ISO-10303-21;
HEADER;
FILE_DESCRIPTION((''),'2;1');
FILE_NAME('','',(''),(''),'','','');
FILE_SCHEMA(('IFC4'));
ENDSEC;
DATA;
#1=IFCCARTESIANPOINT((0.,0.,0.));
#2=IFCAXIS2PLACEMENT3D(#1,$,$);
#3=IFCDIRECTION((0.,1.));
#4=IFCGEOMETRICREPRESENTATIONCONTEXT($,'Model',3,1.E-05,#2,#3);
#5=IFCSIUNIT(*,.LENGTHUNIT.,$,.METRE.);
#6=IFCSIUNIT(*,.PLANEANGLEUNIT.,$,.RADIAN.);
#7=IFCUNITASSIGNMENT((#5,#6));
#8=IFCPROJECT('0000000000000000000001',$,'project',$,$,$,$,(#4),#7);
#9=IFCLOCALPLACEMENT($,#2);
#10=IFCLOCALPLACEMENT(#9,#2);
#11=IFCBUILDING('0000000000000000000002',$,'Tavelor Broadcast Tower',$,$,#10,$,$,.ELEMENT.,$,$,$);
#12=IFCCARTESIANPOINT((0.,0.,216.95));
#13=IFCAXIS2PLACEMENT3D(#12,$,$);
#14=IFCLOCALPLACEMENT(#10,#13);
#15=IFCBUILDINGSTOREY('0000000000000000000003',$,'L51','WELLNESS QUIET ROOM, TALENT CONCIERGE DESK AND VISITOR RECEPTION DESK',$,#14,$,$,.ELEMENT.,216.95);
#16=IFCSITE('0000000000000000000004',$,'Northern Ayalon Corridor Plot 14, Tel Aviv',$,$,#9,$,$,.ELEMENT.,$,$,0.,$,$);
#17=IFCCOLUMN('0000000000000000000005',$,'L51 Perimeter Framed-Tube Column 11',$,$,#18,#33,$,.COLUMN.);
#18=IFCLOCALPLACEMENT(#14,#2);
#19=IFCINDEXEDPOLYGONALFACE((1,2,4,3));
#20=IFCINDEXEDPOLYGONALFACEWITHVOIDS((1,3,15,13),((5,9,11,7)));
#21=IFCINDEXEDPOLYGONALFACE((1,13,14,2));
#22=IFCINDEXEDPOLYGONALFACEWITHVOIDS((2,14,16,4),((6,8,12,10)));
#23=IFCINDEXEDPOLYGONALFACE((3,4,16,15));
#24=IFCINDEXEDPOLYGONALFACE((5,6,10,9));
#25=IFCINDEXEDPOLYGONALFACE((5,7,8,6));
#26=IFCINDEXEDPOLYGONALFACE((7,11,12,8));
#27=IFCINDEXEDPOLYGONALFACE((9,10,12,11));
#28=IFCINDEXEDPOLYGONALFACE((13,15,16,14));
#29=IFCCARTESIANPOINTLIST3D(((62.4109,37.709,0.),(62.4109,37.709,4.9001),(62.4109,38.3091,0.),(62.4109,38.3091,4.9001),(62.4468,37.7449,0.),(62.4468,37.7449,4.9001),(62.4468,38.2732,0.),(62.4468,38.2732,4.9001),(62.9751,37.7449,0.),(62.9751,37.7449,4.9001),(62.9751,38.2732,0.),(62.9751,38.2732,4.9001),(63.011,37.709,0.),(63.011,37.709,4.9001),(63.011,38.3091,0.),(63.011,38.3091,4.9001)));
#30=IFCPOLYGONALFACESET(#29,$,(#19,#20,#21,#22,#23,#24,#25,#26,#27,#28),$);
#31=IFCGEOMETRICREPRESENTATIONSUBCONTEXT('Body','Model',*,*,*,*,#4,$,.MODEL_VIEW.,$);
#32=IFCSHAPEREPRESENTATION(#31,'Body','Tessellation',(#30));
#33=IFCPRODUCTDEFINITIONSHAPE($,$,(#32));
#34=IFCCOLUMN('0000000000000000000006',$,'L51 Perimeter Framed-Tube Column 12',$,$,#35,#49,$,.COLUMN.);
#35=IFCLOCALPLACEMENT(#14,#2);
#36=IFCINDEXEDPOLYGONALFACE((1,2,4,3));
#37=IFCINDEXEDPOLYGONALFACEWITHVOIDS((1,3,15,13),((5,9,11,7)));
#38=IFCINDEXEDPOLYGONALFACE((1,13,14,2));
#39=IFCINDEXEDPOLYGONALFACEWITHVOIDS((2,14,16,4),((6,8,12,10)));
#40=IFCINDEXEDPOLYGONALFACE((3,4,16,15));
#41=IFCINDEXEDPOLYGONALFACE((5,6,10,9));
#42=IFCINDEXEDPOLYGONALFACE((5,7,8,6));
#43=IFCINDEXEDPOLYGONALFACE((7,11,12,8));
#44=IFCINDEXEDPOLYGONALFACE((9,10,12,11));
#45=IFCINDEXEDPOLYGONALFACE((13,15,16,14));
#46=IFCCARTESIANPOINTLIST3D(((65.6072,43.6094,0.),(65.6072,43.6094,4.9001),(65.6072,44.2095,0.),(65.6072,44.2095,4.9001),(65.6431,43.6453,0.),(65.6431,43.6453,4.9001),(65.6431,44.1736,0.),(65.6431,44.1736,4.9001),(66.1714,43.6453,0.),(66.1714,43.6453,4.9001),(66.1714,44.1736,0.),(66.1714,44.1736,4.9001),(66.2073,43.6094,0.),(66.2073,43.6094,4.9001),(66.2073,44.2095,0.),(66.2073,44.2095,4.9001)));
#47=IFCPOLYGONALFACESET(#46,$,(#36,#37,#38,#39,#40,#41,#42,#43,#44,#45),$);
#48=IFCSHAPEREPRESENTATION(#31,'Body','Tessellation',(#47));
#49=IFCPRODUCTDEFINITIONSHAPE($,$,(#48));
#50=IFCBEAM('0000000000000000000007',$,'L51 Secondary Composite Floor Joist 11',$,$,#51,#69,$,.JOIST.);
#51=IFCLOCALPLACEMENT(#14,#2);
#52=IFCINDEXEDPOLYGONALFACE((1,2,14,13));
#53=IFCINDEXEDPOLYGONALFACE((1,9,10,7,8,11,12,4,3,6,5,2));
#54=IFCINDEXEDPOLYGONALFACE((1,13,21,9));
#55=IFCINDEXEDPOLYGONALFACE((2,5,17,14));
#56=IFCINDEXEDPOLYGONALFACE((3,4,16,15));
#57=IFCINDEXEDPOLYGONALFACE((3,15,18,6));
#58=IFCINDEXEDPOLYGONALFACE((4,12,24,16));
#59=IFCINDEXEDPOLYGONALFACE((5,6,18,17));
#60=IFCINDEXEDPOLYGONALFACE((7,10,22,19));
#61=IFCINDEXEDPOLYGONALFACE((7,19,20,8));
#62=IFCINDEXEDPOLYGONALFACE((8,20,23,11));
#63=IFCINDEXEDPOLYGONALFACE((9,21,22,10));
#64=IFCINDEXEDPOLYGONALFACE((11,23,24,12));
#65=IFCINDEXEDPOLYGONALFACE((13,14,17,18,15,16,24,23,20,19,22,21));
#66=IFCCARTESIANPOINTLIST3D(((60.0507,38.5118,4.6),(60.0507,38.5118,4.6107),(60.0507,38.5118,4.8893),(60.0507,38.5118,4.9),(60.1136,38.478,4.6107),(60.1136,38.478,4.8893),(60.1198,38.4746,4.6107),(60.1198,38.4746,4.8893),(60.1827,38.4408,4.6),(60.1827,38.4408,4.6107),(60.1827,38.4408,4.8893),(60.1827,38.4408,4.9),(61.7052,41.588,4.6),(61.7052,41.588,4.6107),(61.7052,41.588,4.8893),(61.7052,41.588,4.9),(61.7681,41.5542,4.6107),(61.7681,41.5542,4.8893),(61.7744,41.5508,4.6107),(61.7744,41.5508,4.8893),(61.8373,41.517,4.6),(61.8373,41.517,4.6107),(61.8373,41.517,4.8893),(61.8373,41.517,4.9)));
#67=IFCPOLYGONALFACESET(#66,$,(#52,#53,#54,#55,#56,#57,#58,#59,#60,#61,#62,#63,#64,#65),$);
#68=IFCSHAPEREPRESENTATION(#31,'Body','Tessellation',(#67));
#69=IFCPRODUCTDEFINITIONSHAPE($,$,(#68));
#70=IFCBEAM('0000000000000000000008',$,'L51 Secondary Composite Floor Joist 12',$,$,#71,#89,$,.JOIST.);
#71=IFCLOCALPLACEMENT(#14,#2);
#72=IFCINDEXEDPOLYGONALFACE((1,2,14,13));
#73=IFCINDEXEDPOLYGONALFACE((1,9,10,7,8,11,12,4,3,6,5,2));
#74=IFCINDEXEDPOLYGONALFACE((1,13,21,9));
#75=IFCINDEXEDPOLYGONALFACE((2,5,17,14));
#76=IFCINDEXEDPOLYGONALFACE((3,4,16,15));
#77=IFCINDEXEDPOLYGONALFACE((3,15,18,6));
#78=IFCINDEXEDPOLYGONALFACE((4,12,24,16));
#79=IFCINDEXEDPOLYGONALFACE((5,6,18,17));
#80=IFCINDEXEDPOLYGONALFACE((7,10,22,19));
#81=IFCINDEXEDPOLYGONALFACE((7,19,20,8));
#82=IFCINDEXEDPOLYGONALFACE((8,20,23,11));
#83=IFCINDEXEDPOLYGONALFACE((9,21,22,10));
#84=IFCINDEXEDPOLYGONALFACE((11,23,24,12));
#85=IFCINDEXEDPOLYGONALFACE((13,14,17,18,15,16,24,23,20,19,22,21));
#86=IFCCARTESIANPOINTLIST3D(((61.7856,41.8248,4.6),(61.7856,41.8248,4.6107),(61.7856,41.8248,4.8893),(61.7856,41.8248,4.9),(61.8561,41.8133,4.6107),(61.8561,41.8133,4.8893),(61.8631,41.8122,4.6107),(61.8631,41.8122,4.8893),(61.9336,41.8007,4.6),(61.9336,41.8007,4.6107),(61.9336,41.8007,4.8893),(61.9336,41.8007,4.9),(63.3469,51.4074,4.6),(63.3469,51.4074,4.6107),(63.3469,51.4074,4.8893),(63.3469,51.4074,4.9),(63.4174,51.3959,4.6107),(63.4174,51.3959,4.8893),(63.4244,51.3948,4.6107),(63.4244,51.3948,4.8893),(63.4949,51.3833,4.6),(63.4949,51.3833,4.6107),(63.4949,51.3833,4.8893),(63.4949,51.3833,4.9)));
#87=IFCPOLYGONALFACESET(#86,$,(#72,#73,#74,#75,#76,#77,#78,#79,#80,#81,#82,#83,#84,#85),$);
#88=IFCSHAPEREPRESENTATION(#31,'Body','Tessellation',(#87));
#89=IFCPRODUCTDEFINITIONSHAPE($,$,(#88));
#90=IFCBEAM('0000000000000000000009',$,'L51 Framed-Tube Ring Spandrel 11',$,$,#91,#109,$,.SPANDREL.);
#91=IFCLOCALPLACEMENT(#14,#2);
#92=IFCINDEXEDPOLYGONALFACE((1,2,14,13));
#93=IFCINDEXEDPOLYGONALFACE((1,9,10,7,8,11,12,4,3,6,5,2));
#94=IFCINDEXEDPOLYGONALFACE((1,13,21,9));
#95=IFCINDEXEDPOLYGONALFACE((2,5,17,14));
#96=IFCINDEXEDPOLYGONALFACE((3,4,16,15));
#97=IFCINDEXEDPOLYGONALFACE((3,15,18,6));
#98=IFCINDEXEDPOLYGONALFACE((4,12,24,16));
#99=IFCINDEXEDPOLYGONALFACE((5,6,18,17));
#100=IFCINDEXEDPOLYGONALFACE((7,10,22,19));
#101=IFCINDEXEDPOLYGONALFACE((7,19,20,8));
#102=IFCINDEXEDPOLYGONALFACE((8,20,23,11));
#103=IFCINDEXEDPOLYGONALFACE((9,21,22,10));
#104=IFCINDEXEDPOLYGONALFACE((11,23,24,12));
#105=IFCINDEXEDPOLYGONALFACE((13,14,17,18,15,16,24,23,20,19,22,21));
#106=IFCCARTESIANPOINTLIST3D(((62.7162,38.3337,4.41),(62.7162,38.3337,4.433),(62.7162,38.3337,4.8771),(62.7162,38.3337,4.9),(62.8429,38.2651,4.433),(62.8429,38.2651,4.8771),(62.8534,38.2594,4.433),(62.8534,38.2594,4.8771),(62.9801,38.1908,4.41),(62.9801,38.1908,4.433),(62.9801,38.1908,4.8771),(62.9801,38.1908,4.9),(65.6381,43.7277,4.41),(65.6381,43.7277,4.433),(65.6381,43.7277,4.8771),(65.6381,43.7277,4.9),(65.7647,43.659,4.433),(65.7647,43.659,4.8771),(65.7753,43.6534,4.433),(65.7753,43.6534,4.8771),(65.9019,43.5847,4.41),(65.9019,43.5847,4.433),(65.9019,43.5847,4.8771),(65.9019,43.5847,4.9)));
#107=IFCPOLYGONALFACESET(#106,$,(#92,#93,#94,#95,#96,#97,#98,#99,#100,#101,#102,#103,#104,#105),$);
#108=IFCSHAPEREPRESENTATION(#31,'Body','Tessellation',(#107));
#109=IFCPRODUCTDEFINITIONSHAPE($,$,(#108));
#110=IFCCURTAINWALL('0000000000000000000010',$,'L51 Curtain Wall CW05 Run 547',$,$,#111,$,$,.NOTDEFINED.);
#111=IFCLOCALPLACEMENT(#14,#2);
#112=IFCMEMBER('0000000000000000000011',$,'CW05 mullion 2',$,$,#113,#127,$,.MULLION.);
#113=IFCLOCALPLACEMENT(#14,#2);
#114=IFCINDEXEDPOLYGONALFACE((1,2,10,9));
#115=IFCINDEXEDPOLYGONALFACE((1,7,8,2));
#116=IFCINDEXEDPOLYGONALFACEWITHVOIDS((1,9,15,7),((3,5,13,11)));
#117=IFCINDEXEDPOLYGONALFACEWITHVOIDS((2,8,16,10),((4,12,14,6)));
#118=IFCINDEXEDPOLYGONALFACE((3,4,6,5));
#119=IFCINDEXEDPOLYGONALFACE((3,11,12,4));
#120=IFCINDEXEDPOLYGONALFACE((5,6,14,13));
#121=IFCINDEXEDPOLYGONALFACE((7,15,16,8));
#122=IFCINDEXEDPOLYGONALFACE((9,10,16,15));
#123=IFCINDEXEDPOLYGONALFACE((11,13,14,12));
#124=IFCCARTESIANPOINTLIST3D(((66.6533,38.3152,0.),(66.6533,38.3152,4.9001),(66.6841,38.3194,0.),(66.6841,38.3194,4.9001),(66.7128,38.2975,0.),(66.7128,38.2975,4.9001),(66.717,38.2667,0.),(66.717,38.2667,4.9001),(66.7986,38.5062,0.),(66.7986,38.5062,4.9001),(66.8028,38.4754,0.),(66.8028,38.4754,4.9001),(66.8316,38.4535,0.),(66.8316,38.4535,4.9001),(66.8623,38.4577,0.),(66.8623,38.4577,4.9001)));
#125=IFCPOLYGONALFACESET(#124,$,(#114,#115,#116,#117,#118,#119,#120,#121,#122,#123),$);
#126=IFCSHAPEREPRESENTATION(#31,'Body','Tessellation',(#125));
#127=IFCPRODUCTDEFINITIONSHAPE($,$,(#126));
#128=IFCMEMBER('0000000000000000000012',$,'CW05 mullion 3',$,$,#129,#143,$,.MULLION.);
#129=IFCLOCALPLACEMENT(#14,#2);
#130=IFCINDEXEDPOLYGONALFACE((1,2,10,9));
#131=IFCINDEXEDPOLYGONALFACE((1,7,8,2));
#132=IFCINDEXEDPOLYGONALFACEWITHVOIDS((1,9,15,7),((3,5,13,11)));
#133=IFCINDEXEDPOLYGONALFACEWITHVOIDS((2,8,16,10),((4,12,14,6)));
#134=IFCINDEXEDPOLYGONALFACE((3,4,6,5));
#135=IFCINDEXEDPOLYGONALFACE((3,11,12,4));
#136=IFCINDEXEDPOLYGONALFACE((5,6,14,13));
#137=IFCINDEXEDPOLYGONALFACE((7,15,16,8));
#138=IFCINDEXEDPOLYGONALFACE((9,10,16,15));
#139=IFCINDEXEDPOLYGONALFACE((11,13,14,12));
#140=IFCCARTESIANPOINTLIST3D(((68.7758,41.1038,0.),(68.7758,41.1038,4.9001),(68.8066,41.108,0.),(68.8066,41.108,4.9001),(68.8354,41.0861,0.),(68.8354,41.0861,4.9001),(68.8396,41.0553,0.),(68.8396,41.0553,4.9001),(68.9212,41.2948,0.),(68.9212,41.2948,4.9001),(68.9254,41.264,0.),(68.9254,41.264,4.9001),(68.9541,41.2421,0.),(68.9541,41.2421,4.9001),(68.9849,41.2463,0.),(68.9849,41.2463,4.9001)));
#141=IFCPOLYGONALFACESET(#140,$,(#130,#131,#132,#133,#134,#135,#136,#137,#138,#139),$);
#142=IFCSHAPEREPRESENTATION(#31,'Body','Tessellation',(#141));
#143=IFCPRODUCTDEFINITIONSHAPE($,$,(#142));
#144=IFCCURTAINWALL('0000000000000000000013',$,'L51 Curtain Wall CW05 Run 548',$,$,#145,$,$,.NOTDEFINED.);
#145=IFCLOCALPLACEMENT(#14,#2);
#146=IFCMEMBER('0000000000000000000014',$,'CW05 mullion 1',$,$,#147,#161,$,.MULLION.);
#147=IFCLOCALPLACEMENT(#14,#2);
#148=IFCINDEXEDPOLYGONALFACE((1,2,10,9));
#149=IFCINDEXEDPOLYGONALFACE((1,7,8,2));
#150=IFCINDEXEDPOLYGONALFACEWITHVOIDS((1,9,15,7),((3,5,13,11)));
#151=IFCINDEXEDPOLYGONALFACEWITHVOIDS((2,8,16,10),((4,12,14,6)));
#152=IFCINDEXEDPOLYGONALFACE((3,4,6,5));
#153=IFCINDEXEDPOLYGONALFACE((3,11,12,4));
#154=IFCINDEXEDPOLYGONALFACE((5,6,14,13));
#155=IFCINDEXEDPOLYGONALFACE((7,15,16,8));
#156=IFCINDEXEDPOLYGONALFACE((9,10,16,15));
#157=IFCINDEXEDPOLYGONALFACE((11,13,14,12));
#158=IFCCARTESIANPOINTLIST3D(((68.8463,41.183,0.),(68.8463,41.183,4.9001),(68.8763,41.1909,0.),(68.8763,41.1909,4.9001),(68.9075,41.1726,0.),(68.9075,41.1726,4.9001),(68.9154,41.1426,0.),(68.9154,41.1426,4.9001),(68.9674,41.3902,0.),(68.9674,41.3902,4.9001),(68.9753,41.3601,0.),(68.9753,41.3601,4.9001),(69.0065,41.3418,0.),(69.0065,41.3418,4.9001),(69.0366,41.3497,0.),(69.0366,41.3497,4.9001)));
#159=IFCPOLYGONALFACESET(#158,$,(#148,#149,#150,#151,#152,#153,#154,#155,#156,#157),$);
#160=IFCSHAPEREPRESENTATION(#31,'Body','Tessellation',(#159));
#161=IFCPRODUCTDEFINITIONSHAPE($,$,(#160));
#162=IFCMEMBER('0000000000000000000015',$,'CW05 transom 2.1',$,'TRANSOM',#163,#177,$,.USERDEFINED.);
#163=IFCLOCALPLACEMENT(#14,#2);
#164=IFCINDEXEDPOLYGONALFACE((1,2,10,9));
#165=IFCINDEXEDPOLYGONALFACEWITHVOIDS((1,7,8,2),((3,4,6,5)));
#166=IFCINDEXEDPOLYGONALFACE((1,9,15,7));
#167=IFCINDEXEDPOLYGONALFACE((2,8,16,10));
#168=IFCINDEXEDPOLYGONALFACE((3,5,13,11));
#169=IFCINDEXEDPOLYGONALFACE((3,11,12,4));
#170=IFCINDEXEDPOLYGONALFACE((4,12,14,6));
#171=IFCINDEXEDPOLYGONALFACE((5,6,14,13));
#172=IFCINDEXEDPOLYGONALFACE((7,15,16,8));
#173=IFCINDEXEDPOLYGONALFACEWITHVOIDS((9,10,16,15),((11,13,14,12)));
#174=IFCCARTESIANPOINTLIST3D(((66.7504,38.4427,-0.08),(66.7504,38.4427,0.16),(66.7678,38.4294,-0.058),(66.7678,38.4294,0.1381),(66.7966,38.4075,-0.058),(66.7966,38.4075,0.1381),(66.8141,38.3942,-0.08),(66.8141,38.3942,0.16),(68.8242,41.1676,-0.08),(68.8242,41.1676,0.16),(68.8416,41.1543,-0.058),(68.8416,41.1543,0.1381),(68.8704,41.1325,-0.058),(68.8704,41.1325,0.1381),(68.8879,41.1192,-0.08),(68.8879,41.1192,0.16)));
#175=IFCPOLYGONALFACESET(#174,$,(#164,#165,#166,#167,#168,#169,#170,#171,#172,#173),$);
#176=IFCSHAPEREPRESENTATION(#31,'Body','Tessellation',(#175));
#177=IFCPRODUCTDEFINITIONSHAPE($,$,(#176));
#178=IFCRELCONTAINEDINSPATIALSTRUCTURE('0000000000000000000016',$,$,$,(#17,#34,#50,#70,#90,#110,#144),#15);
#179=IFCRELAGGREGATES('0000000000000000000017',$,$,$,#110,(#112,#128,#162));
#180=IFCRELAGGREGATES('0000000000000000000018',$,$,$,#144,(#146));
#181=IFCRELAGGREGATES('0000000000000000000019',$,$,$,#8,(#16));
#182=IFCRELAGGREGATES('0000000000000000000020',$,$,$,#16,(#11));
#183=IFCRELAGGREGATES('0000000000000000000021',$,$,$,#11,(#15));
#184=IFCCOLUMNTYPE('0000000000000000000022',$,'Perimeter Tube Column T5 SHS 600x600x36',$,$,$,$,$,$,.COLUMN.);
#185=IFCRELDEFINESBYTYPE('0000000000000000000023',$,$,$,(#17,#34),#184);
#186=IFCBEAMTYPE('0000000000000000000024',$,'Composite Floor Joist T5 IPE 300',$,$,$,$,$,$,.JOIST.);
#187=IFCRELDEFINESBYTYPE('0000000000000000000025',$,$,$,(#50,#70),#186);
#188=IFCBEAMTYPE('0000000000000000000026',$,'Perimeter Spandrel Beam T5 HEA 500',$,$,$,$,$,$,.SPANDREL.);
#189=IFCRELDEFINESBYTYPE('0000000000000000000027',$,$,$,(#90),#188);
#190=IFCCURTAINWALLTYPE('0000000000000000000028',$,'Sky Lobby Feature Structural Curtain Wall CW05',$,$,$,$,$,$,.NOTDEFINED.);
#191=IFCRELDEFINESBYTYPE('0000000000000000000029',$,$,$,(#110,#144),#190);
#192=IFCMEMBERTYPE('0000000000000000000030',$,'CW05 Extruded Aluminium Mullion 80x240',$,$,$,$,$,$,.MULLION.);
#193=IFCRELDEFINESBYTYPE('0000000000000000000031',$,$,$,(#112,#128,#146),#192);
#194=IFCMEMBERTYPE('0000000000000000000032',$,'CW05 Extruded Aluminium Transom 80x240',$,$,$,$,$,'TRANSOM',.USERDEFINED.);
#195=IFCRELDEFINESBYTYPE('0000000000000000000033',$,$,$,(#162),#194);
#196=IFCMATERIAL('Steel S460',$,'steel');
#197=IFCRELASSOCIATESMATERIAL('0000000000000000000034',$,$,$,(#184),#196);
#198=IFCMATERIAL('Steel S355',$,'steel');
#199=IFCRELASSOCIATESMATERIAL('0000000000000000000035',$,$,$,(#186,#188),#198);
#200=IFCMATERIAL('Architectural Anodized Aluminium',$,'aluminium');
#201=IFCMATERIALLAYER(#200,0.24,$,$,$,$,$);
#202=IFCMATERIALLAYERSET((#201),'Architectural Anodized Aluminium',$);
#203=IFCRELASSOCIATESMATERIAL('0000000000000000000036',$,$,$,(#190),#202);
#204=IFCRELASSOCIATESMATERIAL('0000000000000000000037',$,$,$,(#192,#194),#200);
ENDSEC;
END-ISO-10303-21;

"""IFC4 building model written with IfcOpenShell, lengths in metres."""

from ifc_helpers import new_model, si_unit, direction, frame, origin, origin_2d, place, context, subcontext, project, spatial, hollow_rectangle, i_section, extrude, source, transform, mapped, material, layer, layer_set, material_profile, profile_set, type_object, type_shapes, element, aggregate, save


model = new_model("IFC4")

# Units and contexts
model_context = context("Model", 3, precision=1e-05, world=origin(), true_north=direction((0.0, 1.0)))
body_context = subcontext(model_context, "Body", "Model", "MODEL_VIEW")
ifc_project = project(units=[si_unit("LENGTHUNIT", "METRE"), si_unit("PLANEANGLEUNIT", "RADIAN")], contexts=[model_context])

# Site, building, storey
site_placement = place(None, origin())
site = spatial("IfcSite", under=ifc_project, at=site_placement, Name="Northern Ayalon Corridor Plot 14, Tel Aviv", CompositionType="ELEMENT", RefElevation=0.0)
building_placement = place(site_placement, origin())
building = spatial("IfcBuilding", under=site, at=building_placement, Name="Tavelor Broadcast Tower", CompositionType="ELEMENT")
storey_placement = place(building_placement, frame((0.0, 0.0, 216.95)))
storey = spatial("IfcBuildingStorey", under=building, at=storey_placement, Name="L51", Description="WELLNESS QUIET ROOM, TALENT CONCIERGE DESK AND VISITOR RECEPTION DESK", CompositionType="ELEMENT", Elevation=216.95)

# Columns
ifc_material_1 = material(Name="Steel S460", Category="steel")
ifc_material_profile_1 = material_profile(ifc_material_1, hollow_rectangle(XDim=0.6001, YDim=0.6001, WallThickness=0.0359, at=origin_2d()), Name="SHS 600x600x36")
ifc_profile_set_1 = profile_set([ifc_material_profile_1], Name="Steel S460")
column_type = type_object("IfcColumnType", Name="Perimeter Tube Column T5 SHS 600x600x36", PredefinedType="COLUMN", material=ifc_profile_set_1)
for number, where, z_axis, x_axis, name in (
    (1, (62.7109, 38.009, 0.0), (0.0, 0.0, 1.0), (1.0, 0.0, 0.0), "L51 Perimeter Framed-Tube Column 11"),
    (2, (65.9072, 43.9094, 0.0), (0.0, 0.0, 1.0), (1.0, 0.0, 0.0), "L51 Perimeter Framed-Tube Column 12"),
):
    element("IfcColumn", number, at=place(storey_placement, frame(where, z_axis=z_axis, x_axis=x_axis)), inside=storey, type_object=column_type, Name=name, PredefinedType="COLUMN", context=body_context, shape_type="SweptSolid", body=[
        extrude(hollow_rectangle(XDim=0.6001, YDim=0.6001, WallThickness=0.0359, at=origin_2d()), origin(), (0.0, 0.0, 1.0), 4.9001),
    ])

# Beams
ifc_material_2 = material(Name="Steel S355", Category="steel")
ifc_material_profile_2 = material_profile(ifc_material_2, i_section(OverallWidth=0.1499, OverallDepth=0.3, WebThickness=0.0071, FlangeThickness=0.0107, at=origin_2d()), Name="IPE 300")
ifc_profile_set_2 = profile_set([ifc_material_profile_2], Name="Steel S355")
beam_type_1 = type_object("IfcBeamType", Name="Composite Floor Joist T5 IPE 300", PredefinedType="JOIST", material=ifc_profile_set_2)
beam_1_placement = place(storey_placement, frame((60.1167, 38.4763, 4.75), z_axis=(0.473687, 0.880693, 0.0), x_axis=(-0.880693, 0.473687, 0.0)))
element("IfcBeam", 3, at=beam_1_placement, inside=storey, type_object=beam_type_1, Name="L51 Secondary Composite Floor Joist 11", PredefinedType="JOIST", context=body_context, shape_type="SweptSolid", body=[
    extrude(i_section(OverallWidth=0.1499, OverallDepth=0.3, WebThickness=0.0071, FlangeThickness=0.0107, at=origin_2d()), origin(), (0.0, 0.0, 1.0), 3.4929),
])
beam_2_placement = place(storey_placement, frame((61.8596, 41.8127, 4.75), z_axis=(0.160809, 0.986985, 0.0), x_axis=(-0.986985, 0.160809, 0.0)))
element("IfcBeam", 4, at=beam_2_placement, inside=storey, type_object=beam_type_1, Name="L51 Secondary Composite Floor Joist 12", PredefinedType="JOIST", context=body_context, shape_type="SweptSolid", body=[
    extrude(i_section(OverallWidth=0.1499, OverallDepth=0.3, WebThickness=0.0071, FlangeThickness=0.0107, at=origin_2d()), origin(), (0.0, 0.0, 1.0), 9.709),
])
ifc_material_profile_3 = material_profile(ifc_material_2, i_section(OverallWidth=0.3, OverallDepth=0.49, WebThickness=0.012, FlangeThickness=0.0229, at=origin_2d()), Name="HEA 500")
ifc_profile_set_3 = profile_set([ifc_material_profile_3], Name="Steel S355")
beam_type_2 = type_object("IfcBeamType", Name="Perimeter Spandrel Beam T5 HEA 500", PredefinedType="SPANDREL", material=ifc_profile_set_3)
beam_3_placement = place(storey_placement, frame((62.8481, 38.2622, 4.655), z_axis=(0.476296, 0.879285, 0.0), x_axis=(-0.879285, 0.476296, 0.0)))
element("IfcBeam", 5, at=beam_3_placement, inside=storey, type_object=beam_type_2, Name="L51 Framed-Tube Ring Spandrel 11", PredefinedType="SPANDREL", context=body_context, shape_type="SweptSolid", body=[
    extrude(i_section(OverallWidth=0.3, OverallDepth=0.49, WebThickness=0.012, FlangeThickness=0.0229, at=origin_2d()), origin(), (0.0, 0.0, 1.0), 6.1345),
])

# Curtain wall, members
ifc_material_3 = material(Name="Architectural Anodized Aluminium", Category="aluminium")
ifc_layer_1 = layer(ifc_material_3, 0.24)
ifc_layer_set_1 = layer_set([ifc_layer_1], Name="Architectural Anodized Aluminium")
curtain_wall_type = type_object("IfcCurtainWallType", Name="Sky Lobby Feature Structural Curtain Wall CW05", PredefinedType="NOTDEFINED", material=ifc_layer_set_1)
curtain_wall_1_placement = place(storey_placement, origin())
curtain_wall_1 = element("IfcCurtainWall", 6, at=curtain_wall_1_placement, inside=storey, type_object=curtain_wall_type, Name="L51 Curtain Wall CW05 Run 547", PredefinedType="NOTDEFINED")
ifc_material_profile_4 = material_profile(ifc_material_3, hollow_rectangle(XDim=0.0801, YDim=0.24, WallThickness=0.022, at=origin_2d()), Name="RHS 80x240x22")
ifc_profile_set_4 = profile_set([ifc_material_profile_4], Name="Architectural Anodized Aluminium")
member_type_1 = type_object("IfcMemberType", Name="CW05 Extruded Aluminium Mullion 80x240", PredefinedType="MULLION", material=ifc_profile_set_4)
shared_shape_1 = source(origin(), body_context, "Body", "SweptSolid", [
    extrude(hollow_rectangle(XDim=0.0801, YDim=0.24, WallThickness=0.022, at=origin_2d()), origin(), (0.0, 0.0, 1.0), 4.9001),
])
type_shapes(member_type_1, [shared_shape_1])
member_1_placement = place(storey_placement, frame((66.7578, 38.3865, 0.0), z_axis=(0.0, 0.0, 1.0), x_axis=(-0.795746, 0.60563, 0.0)))
member_1 = element("IfcMember", 7, at=member_1_placement, type_object=member_type_1, Name="CW05 mullion 2", PredefinedType="MULLION", context=body_context, shape_type="MappedRepresentation", body=[
    mapped(shared_shape_1, transform((0.0, 0.0, 0.0), scale=1.0)),
])
member_2_placement = place(storey_placement, frame((68.8804, 41.175, 0.0), z_axis=(0.0, 0.0, 1.0), x_axis=(-0.795746, 0.60563, 0.0)))
member_2 = element("IfcMember", 8, at=member_2_placement, type_object=member_type_1, Name="CW05 mullion 3", PredefinedType="MULLION", context=body_context, shape_type="MappedRepresentation", body=[
    mapped(shared_shape_1, transform((0.0, 0.0, 0.0), scale=1.0)),
])

# Curtain wall, member
curtain_wall_2_placement = place(storey_placement, origin())
curtain_wall_2 = element("IfcCurtainWall", 9, at=curtain_wall_2_placement, inside=storey, type_object=curtain_wall_type, Name="L51 Curtain Wall CW05 Run 548", PredefinedType="NOTDEFINED")
member_3_placement = place(storey_placement, frame((68.9414, 41.2664, 0.0), z_axis=(0.0, 0.0, 1.0), x_axis=(-0.863185, 0.504888, 0.0)))
member_3 = element("IfcMember", 10, at=member_3_placement, type_object=member_type_1, Name="CW05 mullion 1", PredefinedType="MULLION", context=body_context, shape_type="MappedRepresentation", body=[
    mapped(shared_shape_1, transform((0.0, 0.0, 0.0), scale=1.0)),
])

# Member
ifc_material_profile_5 = material_profile(ifc_material_3, hollow_rectangle(XDim=0.0801, YDim=0.24, WallThickness=0.022, at=origin_2d()), Name="RHS 80x240x22")
ifc_profile_set_5 = profile_set([ifc_material_profile_5], Name="Architectural Anodized Aluminium")
member_type_2 = type_object("IfcMemberType", Name="CW05 Extruded Aluminium Transom 80x240", ElementType="TRANSOM", PredefinedType="USERDEFINED", material=ifc_profile_set_5)
shared_shape_2 = source(origin(), body_context, "Body", "SweptSolid", [
    extrude(hollow_rectangle(XDim=0.0801, YDim=0.24, WallThickness=0.022, at=origin_2d()), origin(), (0.0, 0.0, 1.0), 3.4243),
])
member_4_placement = place(storey_placement, frame((66.7822, 38.4185, 0.04), z_axis=(0.605609, 0.795762, 0.0), x_axis=(-0.795762, 0.605609, 0.0)))
member_4 = element("IfcMember", 11, at=member_4_placement, type_object=member_type_2, Name="CW05 transom 2.1", ObjectType="TRANSOM", PredefinedType="USERDEFINED", context=body_context, shape_type="MappedRepresentation", body=[
    mapped(shared_shape_2, transform((0.0, 0.0, 0.0), scale=1.0)),
])

aggregate(curtain_wall_1, [member_1, member_2, member_4])
aggregate(curtain_wall_2, [member_3])

save(model, "model.ifc")
